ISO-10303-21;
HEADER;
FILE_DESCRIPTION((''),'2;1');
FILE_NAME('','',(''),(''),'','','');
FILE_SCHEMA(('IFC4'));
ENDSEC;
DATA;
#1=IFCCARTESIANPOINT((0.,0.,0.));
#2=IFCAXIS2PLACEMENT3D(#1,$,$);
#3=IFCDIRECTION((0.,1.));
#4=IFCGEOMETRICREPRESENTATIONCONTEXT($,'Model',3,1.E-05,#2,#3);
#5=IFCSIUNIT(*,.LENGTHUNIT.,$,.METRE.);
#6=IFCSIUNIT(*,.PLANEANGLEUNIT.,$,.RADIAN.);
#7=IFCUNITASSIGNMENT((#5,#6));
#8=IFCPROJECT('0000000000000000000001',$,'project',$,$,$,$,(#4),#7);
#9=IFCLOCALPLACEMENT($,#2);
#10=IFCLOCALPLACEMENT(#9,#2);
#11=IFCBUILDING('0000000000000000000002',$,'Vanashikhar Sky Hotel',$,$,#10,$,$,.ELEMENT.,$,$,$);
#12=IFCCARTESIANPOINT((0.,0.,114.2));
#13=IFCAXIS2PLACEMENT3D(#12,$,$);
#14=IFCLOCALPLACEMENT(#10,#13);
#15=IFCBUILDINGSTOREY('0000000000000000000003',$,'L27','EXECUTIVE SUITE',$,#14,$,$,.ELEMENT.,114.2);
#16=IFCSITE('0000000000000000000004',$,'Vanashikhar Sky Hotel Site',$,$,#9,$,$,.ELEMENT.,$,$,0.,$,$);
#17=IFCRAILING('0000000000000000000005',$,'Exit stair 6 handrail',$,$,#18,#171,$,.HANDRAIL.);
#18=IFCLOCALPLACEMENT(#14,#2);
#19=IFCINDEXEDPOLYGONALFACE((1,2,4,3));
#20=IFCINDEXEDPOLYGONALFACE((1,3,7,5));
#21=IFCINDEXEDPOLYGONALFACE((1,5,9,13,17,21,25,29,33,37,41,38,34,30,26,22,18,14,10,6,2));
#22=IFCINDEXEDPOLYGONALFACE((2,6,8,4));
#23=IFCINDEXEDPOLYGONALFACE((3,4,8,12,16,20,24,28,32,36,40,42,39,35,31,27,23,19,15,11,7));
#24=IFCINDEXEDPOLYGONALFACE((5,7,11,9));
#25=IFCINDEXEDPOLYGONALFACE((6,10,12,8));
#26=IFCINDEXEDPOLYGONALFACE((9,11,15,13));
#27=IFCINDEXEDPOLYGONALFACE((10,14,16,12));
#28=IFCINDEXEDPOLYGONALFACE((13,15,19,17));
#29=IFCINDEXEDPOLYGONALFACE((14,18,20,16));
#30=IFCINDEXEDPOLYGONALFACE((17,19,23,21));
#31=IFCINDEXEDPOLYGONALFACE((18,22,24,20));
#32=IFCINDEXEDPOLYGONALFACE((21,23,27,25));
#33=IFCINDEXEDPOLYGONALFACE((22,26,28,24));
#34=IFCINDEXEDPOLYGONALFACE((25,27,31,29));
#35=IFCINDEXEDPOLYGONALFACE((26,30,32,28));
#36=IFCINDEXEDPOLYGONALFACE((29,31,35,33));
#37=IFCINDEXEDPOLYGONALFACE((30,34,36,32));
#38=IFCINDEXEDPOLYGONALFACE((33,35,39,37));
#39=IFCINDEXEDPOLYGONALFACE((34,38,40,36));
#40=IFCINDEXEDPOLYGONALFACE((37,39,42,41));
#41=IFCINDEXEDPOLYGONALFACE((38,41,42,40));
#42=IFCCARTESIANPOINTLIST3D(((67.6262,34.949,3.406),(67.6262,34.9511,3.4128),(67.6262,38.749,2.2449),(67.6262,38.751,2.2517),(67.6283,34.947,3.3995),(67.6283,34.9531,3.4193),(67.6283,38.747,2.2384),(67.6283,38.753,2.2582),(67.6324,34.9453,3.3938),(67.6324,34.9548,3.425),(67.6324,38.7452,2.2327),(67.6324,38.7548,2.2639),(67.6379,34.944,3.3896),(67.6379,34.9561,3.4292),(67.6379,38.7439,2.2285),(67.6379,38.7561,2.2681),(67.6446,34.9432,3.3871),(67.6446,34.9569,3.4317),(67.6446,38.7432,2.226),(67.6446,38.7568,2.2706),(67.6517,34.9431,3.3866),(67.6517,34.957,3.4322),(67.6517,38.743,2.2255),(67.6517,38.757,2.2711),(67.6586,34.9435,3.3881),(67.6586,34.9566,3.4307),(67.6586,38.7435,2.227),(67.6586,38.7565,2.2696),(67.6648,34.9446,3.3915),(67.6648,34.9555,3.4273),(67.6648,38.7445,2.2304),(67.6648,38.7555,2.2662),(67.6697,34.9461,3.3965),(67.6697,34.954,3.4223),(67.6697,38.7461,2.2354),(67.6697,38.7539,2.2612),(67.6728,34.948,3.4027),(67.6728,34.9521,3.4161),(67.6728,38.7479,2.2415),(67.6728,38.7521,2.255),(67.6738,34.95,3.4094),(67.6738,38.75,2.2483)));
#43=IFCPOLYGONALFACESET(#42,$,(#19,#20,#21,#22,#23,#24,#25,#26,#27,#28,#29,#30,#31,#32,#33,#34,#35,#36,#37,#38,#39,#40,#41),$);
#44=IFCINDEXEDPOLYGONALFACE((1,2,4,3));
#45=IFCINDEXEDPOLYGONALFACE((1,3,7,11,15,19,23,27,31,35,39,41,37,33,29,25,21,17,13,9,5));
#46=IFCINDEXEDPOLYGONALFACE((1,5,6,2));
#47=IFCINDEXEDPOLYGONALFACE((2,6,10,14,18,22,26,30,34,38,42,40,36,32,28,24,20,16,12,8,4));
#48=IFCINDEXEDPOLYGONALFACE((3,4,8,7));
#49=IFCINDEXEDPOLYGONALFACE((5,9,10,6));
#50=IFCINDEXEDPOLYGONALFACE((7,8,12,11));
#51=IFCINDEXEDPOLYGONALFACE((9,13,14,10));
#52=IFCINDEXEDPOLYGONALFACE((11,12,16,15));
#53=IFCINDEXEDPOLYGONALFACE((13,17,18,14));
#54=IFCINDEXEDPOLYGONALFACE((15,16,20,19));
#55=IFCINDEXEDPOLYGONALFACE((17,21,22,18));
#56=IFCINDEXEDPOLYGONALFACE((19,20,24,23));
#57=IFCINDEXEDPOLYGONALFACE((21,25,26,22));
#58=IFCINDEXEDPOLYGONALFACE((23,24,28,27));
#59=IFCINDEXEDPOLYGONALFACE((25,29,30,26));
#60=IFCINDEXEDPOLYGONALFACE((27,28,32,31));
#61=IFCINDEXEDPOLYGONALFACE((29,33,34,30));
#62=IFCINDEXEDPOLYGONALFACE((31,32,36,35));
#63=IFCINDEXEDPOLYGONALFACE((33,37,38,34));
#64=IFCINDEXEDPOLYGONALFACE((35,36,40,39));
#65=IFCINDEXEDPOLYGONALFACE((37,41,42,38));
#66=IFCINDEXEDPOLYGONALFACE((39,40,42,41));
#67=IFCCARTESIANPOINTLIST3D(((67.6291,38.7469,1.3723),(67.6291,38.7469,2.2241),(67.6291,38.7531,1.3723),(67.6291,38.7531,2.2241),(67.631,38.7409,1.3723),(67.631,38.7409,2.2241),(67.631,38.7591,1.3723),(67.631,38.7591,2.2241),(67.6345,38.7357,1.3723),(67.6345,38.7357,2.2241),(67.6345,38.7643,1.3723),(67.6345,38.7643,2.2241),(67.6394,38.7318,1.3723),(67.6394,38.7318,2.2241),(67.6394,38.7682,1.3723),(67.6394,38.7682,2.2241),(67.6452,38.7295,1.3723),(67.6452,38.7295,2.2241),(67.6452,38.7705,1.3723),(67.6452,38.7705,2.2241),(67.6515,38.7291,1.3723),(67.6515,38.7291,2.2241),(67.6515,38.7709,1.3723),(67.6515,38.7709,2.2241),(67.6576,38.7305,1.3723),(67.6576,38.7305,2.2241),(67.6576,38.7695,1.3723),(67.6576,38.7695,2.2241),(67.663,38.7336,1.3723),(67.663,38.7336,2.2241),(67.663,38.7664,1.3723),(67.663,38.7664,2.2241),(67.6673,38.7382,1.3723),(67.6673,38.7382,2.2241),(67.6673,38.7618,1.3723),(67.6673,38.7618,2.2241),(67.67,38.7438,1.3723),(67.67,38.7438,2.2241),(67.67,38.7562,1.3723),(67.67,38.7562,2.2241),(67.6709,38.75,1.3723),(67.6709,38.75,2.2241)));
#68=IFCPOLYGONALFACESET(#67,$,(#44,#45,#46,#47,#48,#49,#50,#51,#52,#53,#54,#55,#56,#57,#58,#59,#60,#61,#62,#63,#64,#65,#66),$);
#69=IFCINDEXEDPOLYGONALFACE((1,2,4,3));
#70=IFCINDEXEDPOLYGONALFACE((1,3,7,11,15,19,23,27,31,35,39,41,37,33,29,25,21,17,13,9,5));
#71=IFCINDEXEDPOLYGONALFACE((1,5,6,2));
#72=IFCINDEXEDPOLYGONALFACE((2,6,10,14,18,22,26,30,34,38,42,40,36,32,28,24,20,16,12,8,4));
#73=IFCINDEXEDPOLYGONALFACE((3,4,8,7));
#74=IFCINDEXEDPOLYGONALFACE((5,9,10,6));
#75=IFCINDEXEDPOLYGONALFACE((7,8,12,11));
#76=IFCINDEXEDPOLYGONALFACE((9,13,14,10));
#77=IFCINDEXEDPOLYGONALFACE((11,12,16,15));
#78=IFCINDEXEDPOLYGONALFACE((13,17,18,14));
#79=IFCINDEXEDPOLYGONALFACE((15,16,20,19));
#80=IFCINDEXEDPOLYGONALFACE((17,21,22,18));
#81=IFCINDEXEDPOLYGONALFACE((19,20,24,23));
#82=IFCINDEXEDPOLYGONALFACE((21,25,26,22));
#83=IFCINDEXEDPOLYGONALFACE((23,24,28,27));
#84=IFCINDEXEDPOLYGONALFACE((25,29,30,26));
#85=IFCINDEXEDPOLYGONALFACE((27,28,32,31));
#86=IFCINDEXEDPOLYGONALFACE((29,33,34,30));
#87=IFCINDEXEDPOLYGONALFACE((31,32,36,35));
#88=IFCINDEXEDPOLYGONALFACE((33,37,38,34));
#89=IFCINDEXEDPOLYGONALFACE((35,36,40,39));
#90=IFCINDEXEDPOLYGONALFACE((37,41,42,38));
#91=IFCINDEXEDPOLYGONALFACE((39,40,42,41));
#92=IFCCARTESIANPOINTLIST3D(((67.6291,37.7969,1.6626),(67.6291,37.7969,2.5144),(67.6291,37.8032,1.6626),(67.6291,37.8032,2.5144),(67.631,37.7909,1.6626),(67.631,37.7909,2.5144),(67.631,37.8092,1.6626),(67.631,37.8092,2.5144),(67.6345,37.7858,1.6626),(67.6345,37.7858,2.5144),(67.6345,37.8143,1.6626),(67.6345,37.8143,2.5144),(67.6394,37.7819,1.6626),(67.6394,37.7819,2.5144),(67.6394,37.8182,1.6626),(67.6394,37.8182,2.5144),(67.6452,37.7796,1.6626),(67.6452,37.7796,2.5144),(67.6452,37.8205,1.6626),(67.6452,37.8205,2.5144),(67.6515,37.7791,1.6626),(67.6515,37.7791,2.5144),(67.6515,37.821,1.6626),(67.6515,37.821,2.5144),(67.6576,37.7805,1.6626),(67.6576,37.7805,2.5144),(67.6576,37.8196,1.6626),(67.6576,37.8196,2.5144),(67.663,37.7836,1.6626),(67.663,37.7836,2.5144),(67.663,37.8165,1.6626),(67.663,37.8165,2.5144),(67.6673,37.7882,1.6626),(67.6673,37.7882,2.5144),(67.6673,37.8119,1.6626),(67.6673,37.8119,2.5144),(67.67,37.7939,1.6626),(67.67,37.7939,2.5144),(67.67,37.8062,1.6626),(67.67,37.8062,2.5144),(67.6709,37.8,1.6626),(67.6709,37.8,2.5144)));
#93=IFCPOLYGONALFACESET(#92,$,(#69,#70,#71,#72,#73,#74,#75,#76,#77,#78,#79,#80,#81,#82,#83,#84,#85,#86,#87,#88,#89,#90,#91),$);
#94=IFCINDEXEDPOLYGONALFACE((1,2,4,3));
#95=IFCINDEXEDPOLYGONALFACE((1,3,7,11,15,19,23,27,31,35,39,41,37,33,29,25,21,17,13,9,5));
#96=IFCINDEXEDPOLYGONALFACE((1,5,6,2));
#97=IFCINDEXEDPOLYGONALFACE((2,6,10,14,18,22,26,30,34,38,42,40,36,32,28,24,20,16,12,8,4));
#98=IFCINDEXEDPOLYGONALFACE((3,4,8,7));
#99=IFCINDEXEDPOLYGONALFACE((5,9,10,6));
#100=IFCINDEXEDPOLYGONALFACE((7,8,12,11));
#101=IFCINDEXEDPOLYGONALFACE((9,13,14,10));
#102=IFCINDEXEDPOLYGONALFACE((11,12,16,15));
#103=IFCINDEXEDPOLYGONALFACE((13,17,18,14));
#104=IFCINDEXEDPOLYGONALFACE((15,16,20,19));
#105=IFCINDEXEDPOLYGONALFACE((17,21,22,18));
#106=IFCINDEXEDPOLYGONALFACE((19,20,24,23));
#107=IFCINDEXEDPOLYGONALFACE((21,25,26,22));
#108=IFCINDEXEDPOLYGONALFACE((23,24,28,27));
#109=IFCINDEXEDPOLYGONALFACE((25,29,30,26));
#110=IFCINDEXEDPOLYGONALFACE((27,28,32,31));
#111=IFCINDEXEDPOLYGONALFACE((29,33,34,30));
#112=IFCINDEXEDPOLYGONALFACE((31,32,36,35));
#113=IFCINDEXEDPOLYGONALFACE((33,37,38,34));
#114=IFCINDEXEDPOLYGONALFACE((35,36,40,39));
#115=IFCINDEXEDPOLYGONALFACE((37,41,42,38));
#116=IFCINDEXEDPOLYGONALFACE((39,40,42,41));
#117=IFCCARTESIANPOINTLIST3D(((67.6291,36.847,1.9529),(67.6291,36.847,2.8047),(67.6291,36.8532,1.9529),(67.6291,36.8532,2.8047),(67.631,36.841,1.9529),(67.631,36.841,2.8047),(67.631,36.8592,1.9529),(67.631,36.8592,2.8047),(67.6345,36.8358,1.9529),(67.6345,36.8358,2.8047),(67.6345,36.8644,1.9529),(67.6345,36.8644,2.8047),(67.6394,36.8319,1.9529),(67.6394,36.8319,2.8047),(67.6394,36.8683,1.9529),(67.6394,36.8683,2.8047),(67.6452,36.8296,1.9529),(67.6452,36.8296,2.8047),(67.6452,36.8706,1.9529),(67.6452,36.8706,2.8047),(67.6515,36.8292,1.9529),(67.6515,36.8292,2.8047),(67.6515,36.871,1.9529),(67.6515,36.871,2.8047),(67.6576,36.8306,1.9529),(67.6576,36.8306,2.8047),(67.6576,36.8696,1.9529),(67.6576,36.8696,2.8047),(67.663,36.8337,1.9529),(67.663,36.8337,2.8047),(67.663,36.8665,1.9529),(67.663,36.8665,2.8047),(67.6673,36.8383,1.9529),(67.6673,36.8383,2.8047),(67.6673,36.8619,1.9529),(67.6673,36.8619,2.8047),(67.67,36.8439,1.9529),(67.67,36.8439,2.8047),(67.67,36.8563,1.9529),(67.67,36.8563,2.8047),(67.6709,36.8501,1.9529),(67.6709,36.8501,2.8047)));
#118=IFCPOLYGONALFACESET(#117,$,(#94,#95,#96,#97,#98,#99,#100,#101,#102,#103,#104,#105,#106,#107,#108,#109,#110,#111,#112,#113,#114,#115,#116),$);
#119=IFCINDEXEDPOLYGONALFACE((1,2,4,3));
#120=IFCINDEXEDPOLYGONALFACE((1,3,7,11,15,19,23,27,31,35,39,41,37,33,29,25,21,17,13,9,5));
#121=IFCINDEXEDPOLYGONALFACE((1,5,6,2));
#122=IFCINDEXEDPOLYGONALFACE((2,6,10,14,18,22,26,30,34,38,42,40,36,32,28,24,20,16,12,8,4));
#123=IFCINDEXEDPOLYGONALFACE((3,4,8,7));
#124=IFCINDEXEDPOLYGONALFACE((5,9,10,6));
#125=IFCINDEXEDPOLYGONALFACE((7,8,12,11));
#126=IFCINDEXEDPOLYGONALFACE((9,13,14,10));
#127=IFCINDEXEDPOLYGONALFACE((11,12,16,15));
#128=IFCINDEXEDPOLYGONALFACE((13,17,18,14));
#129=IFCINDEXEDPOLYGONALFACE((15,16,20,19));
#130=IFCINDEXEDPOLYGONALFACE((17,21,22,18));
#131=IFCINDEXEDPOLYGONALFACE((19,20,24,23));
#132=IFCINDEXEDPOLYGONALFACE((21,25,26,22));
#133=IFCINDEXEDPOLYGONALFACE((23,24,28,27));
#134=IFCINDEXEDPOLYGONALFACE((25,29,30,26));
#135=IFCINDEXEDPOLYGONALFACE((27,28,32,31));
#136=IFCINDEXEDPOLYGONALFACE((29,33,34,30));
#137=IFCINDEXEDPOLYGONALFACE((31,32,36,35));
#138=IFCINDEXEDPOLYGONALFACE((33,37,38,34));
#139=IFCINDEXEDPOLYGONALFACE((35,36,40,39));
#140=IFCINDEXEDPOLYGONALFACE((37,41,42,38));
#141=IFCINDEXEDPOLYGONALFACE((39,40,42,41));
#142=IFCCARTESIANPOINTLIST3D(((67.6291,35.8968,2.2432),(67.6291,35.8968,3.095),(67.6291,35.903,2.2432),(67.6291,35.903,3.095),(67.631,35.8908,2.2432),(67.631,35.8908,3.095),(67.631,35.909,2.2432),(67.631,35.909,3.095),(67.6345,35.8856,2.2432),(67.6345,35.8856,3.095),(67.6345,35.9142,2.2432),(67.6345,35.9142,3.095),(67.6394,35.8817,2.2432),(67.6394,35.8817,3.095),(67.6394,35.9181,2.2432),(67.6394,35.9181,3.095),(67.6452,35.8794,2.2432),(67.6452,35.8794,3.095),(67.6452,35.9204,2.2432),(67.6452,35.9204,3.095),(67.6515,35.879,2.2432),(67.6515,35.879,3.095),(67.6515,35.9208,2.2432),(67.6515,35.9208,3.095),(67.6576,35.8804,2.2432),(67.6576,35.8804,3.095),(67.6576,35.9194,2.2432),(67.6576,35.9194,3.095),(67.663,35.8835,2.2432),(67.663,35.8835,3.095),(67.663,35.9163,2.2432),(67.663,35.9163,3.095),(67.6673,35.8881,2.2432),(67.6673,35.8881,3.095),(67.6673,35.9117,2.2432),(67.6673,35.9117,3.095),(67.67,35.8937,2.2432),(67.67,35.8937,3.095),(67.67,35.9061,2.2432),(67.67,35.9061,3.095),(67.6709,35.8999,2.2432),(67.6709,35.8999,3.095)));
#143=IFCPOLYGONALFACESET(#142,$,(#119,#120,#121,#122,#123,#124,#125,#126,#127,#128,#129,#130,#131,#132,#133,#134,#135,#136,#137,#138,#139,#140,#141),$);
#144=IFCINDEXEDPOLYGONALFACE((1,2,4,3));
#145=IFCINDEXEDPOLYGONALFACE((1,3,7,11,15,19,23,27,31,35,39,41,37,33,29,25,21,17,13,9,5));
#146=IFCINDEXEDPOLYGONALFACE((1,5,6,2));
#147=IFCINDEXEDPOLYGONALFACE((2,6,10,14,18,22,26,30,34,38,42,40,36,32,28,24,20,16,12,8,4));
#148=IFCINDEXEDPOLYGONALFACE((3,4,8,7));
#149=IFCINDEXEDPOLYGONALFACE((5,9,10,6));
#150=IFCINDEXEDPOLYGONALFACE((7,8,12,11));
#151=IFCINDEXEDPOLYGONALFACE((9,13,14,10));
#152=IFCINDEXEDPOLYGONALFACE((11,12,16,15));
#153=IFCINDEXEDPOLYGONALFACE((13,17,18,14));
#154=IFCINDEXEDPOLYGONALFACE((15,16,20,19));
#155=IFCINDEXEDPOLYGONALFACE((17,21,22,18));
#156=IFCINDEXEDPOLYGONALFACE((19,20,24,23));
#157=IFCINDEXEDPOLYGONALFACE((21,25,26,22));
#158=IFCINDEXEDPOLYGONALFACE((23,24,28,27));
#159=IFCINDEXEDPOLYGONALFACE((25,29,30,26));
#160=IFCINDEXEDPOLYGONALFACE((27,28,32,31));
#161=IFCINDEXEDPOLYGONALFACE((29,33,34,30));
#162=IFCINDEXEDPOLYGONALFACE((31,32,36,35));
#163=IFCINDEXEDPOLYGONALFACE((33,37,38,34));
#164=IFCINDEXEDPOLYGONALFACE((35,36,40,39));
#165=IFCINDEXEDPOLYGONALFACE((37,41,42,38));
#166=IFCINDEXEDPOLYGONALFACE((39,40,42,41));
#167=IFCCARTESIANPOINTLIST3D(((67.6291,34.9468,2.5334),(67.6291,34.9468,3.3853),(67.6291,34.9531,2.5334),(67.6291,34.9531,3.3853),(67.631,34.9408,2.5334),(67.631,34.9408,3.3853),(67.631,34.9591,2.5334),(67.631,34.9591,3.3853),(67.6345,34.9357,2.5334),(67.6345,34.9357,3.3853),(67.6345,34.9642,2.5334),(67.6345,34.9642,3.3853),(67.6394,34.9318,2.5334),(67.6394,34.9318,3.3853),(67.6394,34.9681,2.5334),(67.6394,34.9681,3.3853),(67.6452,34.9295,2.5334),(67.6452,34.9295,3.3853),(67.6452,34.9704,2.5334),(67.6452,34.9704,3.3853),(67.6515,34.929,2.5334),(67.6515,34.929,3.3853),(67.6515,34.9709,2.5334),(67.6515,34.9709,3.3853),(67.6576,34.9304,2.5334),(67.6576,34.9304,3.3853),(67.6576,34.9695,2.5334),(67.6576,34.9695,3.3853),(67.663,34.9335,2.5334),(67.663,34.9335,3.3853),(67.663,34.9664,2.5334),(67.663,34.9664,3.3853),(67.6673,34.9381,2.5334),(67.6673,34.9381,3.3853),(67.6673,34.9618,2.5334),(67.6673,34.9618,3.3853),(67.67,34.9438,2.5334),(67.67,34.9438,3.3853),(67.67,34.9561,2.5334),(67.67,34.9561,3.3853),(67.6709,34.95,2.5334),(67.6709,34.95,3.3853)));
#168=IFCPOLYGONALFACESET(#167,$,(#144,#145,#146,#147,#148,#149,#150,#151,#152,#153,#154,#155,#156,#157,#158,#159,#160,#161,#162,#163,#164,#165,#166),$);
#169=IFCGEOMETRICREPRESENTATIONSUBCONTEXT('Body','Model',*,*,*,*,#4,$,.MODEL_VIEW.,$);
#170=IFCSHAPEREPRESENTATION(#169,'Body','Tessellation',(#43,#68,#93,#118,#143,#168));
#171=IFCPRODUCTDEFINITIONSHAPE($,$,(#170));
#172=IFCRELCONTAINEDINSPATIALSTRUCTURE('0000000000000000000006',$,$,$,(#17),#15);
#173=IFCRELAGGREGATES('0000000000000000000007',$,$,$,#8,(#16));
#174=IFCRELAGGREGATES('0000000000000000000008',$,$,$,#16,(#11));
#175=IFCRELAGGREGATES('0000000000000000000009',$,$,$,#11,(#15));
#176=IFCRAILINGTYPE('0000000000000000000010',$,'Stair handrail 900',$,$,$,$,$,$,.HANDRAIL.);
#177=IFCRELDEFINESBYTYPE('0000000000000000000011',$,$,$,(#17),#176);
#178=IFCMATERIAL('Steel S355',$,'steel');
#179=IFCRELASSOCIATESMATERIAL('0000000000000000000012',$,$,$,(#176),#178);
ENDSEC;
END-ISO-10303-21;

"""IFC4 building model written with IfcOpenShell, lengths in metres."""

from ifc_helpers import new_model, si_unit, direction, frame, origin, origin_2d, place, context, subcontext, project, spatial, circle, extrude, source, transform, mapped, material, type_object, element, save


model = new_model("IFC4")

# Units and contexts
model_context = context("Model", 3, precision=1e-05, world=origin(), true_north=direction((0.0, 1.0)))
body_context = subcontext(model_context, "Body", "Model", "MODEL_VIEW")
ifc_project = project(units=[si_unit("LENGTHUNIT", "METRE"), si_unit("PLANEANGLEUNIT", "RADIAN")], contexts=[model_context])

# Site, building, storey
site_placement = place(None, origin())
site = spatial("IfcSite", under=ifc_project, at=site_placement, Name="Vanashikhar Sky Hotel Site", CompositionType="ELEMENT", RefElevation=0.0)
building_placement = place(site_placement, origin())
building = spatial("IfcBuilding", under=site, at=building_placement, Name="Vanashikhar Sky Hotel", CompositionType="ELEMENT")
storey_placement = place(building_placement, frame((0.0, 0.0, 114.2)))
storey = spatial("IfcBuildingStorey", under=building, at=storey_placement, Name="L27", Description="EXECUTIVE SUITE", CompositionType="ELEMENT", Elevation=114.2)

# Railing
ifc_material_1 = material(Name="Steel S355", Category="steel")
railing_type_1 = type_object("IfcRailingType", Name="Stair handrail 900", PredefinedType="HANDRAIL", material=ifc_material_1)
shared_shape_1 = source(origin(), body_context, "Body", "SweptSolid", [
    extrude(circle(Radius=0.0239, at=origin_2d()), frame((0.0, 0.0, 0.876), z_axis=(0.0, -0.956351, 0.29222), x_axis=(1.0, 0.0, 0.0)), (0.0, 0.0, 1.0), 3.9734),
    extrude(circle(Radius=0.021, at=origin_2d()), origin(), (0.0, 0.0, 1.0), 0.8518),
    extrude(circle(Radius=0.021, at=origin_2d()), frame((0.0, -0.95, 0.2903)), (0.0, 0.0, 1.0), 0.8518),
    extrude(circle(Radius=0.021, at=origin_2d()), frame((0.0, -1.8999, 0.5806)), (0.0, 0.0, 1.0), 0.8518),
    extrude(circle(Radius=0.021, at=origin_2d()), frame((0.0, -2.8501, 0.8708)), (0.0, 0.0, 1.0), 0.8518),
    extrude(circle(Radius=0.021, at=origin_2d()), frame((0.0, -3.8, 1.1611)), (0.0, 0.0, 1.0), 0.8518),
])
for number, where, name in (
    (1, (67.6499, 38.75, 1.3723), "Exit stair 6 handrail"),
):
    element("IfcRailing", number, at=place(storey_placement, frame(where)), inside=storey, type_object=railing_type_1, Name=name, PredefinedType="HANDRAIL", context=body_context, shape_type="MappedRepresentation", body=[
        mapped(shared_shape_1, transform((0.0, 0.0, 0.0), scale=1.0)),
    ])

save(model, "model.ifc")
